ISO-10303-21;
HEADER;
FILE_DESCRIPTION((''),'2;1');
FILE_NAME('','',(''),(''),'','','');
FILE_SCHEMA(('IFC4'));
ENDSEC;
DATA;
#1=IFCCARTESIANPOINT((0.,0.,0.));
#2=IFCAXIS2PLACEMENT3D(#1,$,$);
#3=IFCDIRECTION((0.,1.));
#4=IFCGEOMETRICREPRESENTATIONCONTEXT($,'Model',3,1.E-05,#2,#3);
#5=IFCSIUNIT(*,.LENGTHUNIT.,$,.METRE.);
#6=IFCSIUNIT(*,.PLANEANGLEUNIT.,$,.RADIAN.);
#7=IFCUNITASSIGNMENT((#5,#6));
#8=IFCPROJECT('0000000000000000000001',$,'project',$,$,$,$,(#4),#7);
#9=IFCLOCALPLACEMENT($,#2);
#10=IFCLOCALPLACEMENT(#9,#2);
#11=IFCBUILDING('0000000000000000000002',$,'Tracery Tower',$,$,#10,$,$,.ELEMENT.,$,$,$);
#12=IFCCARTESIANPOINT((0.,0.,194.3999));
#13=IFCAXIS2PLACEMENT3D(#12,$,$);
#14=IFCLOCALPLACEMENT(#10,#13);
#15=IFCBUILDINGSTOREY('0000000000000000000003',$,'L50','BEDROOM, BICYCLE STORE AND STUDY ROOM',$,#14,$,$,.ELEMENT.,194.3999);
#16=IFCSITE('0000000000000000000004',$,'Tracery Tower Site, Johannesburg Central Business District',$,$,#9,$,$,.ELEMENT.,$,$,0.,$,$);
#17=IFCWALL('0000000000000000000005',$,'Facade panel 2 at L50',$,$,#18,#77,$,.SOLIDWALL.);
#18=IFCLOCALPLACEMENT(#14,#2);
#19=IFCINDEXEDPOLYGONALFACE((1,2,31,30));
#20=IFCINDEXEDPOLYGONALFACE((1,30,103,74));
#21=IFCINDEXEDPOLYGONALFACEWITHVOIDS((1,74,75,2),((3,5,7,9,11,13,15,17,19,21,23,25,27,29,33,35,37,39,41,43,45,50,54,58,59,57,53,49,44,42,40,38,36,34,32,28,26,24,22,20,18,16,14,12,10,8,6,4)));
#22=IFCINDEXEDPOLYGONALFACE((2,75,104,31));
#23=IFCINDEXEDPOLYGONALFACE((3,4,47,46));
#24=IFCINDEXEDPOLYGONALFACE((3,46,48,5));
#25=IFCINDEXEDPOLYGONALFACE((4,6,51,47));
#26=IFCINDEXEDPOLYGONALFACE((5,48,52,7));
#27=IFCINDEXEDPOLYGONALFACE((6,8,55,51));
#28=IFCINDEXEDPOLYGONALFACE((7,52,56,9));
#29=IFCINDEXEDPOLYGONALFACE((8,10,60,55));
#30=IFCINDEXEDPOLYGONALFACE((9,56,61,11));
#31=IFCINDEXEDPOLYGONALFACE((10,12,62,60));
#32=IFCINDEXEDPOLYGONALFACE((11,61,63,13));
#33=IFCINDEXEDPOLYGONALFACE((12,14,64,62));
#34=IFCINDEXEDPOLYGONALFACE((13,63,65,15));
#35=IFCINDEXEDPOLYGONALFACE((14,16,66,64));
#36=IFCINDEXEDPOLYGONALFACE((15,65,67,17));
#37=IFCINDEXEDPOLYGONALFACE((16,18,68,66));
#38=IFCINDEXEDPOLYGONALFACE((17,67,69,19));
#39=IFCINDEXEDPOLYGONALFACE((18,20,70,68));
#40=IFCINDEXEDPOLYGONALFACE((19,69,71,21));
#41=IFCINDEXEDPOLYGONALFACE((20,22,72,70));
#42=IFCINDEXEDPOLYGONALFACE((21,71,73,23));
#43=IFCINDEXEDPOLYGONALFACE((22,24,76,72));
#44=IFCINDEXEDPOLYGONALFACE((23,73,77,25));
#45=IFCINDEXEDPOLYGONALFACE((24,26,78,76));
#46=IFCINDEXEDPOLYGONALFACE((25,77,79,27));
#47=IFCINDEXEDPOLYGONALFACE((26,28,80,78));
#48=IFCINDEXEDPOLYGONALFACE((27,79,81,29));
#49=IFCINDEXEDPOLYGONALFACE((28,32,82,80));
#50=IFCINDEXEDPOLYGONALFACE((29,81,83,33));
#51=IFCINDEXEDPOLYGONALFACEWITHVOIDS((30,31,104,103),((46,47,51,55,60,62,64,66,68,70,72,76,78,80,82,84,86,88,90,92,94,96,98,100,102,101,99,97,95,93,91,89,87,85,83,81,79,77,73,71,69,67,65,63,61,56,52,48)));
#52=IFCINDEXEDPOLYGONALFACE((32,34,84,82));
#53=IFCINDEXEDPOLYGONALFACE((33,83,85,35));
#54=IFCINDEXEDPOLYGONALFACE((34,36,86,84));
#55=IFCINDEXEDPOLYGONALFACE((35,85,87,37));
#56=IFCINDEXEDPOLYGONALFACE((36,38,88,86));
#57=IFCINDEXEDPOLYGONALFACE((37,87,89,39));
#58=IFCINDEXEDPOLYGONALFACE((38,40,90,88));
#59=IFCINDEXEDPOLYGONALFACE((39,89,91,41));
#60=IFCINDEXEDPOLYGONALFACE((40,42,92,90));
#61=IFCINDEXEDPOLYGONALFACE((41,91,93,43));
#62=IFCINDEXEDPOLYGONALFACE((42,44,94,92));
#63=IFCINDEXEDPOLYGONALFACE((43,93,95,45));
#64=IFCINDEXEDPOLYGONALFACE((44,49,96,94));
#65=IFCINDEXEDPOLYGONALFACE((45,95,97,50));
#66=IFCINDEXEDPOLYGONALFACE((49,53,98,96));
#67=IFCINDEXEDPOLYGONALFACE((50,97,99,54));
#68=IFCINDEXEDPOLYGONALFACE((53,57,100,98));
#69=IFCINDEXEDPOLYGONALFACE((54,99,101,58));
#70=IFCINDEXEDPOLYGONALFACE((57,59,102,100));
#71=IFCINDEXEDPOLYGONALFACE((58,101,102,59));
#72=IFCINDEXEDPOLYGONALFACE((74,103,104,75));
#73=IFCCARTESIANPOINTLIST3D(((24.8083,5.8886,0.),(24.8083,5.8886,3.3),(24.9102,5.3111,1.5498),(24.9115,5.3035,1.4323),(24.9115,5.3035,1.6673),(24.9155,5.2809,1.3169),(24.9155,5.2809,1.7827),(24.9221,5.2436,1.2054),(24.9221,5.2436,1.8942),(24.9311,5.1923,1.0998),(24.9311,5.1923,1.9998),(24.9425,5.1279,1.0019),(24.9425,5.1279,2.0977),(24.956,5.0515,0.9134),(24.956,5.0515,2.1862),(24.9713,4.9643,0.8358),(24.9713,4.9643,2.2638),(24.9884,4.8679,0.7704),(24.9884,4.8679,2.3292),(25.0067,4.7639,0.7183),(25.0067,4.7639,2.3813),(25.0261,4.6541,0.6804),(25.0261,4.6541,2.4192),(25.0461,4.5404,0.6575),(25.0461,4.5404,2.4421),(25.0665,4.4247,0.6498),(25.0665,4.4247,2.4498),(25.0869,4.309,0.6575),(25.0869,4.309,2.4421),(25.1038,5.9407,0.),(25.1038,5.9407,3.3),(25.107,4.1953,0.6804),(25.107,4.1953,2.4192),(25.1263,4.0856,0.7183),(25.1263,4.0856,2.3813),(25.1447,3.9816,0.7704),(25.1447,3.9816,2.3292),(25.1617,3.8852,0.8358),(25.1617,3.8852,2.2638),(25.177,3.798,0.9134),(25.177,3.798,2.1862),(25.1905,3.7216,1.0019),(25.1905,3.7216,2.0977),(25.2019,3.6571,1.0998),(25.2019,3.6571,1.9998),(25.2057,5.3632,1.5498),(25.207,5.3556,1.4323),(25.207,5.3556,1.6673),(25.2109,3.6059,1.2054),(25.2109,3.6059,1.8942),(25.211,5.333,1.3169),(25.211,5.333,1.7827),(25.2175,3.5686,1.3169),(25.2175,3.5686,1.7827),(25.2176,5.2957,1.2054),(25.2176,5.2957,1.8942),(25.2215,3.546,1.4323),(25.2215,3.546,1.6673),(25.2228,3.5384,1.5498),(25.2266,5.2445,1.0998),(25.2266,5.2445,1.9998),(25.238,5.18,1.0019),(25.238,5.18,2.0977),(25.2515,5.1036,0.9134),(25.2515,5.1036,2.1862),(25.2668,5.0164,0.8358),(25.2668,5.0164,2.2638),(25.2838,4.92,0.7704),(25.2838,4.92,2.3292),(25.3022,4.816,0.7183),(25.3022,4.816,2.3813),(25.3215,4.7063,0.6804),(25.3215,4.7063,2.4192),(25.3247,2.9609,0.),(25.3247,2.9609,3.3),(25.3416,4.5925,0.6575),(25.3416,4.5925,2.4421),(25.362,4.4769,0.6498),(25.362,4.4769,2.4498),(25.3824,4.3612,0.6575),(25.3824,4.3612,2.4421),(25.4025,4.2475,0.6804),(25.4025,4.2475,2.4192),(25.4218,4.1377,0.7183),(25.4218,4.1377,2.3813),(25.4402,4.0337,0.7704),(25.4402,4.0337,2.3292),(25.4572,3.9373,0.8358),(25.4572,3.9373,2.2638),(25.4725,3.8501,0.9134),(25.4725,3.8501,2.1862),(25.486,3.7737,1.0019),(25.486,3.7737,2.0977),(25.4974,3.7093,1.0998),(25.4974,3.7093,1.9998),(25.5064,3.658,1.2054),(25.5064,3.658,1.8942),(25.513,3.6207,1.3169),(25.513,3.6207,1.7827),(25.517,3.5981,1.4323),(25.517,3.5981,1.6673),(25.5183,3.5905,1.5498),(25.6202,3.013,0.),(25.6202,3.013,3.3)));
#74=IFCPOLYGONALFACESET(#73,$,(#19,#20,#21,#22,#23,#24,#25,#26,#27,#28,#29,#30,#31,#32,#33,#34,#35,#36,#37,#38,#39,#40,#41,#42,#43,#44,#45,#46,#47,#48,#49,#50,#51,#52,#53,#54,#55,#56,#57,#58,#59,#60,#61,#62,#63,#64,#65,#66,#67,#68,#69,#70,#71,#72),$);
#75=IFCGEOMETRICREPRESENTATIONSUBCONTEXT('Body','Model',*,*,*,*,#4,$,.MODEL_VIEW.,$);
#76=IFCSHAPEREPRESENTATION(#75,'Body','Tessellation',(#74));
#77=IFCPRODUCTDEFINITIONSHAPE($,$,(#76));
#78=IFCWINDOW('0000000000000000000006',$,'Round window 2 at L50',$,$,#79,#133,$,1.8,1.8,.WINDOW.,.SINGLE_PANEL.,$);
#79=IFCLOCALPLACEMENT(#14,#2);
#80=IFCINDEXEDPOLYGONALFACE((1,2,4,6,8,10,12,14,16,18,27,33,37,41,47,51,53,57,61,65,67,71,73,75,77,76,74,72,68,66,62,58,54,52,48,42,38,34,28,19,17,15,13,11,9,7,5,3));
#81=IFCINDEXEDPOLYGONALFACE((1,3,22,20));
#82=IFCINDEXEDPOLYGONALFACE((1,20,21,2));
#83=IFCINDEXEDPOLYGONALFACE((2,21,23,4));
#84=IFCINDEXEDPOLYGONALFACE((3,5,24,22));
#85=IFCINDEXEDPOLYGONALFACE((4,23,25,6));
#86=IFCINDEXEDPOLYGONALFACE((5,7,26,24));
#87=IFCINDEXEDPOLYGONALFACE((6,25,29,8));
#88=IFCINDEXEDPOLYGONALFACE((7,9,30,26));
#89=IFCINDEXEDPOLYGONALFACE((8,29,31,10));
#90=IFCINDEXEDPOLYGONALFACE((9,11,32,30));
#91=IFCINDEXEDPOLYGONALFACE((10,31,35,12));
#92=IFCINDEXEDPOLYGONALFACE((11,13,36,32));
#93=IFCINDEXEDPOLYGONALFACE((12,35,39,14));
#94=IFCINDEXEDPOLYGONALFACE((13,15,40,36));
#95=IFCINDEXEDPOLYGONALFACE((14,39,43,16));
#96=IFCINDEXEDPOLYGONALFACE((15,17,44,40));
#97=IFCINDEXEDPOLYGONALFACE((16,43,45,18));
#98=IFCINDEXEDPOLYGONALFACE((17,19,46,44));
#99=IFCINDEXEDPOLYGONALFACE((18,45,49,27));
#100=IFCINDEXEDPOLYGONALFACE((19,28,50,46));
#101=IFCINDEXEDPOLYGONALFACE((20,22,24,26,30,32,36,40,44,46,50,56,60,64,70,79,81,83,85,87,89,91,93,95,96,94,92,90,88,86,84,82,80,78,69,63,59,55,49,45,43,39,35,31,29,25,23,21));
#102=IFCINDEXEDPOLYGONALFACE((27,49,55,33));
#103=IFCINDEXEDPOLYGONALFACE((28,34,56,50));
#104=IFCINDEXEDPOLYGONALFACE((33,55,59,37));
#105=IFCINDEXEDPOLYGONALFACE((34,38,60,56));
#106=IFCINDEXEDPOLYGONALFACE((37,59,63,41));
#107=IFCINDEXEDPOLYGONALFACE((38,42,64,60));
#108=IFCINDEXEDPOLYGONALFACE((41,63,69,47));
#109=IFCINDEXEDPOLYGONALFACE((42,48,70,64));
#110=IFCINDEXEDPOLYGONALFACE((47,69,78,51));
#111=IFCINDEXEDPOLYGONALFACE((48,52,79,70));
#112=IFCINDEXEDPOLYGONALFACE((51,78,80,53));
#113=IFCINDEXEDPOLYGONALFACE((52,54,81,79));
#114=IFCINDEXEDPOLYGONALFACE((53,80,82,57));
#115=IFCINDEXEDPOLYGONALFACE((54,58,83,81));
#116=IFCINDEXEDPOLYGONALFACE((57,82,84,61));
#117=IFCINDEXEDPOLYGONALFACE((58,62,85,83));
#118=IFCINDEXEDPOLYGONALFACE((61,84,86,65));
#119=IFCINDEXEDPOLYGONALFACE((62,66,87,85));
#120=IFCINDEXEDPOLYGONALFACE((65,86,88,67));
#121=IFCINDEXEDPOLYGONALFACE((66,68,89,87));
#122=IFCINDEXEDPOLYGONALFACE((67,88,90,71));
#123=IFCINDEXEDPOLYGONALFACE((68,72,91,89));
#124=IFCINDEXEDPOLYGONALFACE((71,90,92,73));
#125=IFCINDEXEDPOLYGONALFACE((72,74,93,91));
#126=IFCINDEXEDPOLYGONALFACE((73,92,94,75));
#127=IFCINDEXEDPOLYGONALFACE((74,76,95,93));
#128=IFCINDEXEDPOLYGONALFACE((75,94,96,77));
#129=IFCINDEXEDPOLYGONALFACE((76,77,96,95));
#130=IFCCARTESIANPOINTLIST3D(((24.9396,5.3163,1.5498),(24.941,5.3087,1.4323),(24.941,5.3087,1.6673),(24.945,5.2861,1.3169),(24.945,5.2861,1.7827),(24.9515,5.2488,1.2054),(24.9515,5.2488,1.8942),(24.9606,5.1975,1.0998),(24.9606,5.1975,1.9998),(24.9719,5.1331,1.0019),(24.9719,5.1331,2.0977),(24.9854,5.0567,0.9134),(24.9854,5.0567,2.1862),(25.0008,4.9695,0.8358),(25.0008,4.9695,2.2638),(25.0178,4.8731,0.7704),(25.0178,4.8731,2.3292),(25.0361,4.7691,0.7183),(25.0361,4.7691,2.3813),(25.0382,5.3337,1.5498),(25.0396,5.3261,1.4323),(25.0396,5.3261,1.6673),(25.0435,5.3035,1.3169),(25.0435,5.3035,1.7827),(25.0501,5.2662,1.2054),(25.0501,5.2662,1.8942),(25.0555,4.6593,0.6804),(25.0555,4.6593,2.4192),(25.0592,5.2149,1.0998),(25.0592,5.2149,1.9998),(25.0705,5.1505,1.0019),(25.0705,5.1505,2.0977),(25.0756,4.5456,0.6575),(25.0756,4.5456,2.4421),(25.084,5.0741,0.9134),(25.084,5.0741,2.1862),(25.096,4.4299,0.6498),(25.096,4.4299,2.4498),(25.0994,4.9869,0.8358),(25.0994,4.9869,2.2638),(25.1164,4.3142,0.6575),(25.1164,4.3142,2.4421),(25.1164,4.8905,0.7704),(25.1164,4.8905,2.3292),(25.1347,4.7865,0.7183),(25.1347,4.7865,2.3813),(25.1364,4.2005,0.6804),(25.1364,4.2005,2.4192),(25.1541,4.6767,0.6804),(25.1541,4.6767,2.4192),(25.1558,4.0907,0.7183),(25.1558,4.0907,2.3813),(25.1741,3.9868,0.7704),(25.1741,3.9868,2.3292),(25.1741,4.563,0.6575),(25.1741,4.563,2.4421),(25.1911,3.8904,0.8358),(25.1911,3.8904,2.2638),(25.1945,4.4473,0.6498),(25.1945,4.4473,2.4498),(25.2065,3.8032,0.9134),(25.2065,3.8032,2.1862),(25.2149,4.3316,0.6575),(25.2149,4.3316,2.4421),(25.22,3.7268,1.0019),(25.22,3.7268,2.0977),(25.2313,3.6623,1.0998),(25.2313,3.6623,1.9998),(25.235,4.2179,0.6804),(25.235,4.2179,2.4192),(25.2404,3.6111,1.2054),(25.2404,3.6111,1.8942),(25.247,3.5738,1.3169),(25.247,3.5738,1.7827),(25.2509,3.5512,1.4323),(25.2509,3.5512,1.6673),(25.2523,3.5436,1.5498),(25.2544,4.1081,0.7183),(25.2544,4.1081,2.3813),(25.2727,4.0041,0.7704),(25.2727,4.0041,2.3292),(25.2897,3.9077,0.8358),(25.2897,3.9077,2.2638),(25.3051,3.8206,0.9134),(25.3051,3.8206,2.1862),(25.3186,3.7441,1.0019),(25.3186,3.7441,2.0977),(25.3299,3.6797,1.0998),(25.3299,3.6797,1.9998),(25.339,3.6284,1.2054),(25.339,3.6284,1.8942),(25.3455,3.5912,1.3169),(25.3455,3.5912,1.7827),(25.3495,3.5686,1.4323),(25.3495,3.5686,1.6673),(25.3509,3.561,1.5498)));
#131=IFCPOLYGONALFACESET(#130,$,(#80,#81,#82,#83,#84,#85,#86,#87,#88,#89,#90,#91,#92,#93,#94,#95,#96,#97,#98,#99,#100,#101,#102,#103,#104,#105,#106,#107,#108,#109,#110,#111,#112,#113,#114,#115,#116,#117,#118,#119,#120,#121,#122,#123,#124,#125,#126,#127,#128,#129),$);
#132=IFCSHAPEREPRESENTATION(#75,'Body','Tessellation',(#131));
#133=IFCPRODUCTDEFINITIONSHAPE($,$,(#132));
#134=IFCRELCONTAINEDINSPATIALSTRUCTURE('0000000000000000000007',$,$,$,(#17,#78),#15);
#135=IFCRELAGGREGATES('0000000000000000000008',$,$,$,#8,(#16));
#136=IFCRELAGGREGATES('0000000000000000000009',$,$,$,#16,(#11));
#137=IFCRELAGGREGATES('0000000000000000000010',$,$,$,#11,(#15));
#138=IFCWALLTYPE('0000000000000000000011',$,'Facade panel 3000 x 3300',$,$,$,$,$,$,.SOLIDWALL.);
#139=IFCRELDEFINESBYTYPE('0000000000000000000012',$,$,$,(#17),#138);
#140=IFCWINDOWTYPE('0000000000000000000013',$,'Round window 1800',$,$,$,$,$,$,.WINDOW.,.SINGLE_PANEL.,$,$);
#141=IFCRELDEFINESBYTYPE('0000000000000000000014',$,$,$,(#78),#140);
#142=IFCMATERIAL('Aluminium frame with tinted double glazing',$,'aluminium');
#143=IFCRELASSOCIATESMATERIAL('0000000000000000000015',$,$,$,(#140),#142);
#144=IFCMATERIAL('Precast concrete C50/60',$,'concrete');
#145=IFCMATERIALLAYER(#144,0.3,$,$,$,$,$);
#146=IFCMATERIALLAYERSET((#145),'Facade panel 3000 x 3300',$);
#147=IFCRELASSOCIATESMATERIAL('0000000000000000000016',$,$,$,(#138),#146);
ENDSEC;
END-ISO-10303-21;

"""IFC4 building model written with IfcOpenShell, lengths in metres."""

from ifc_helpers import new_model, si_unit, direction, frame, frame_2d, origin, origin_2d, place, context, subcontext, project, spatial, rectangle, circle, extrude, material, layer, layer_set, type_object, element, fill, save


model = new_model("IFC4")

# Units and contexts
model_context = context("Model", 3, precision=1e-05, world=origin(), true_north=direction((0.0, 1.0)))
body_context = subcontext(model_context, "Body", "Model", "MODEL_VIEW")
ifc_project = project(units=[si_unit("LENGTHUNIT", "METRE"), si_unit("PLANEANGLEUNIT", "RADIAN")], contexts=[model_context])

# Site, building, storey
site_placement = place(None, origin())
site = spatial("IfcSite", under=ifc_project, at=site_placement, Name="Tracery Tower Site, Johannesburg Central Business District", CompositionType="ELEMENT", RefElevation=0.0)
building_placement = place(site_placement, origin())
building = spatial("IfcBuilding", under=site, at=building_placement, Name="Tracery Tower", CompositionType="ELEMENT")
storey_placement = place(building_placement, frame((0.0, 0.0, 194.3999)))
storey = spatial("IfcBuildingStorey", under=building, at=storey_placement, Name="L50", Description="BEDROOM, BICYCLE STORE AND STUDY ROOM", CompositionType="ELEMENT", Elevation=194.3999)

# Wall, opening, window
ifc_material_1 = material(Name="Aluminium frame with tinted double glazing", Category="aluminium")
window_type = type_object("IfcWindowType", Name="Round window 1800", PartitioningType="SINGLE_PANEL", PredefinedType="WINDOW", material=ifc_material_1)
ifc_material_2 = material(Name="Precast concrete C50/60", Category="concrete")
ifc_layer_1 = layer(ifc_material_2, 0.3)
ifc_layer_set_1 = layer_set([ifc_layer_1], Name="Facade panel 3000 x 3300")
wall_type_1 = type_object("IfcWallType", Name="Facade panel 3000 x 3300", PredefinedType="SOLIDWALL", material=ifc_layer_set_1)
wall_1_placement = place(storey_placement, frame((25.4724, 2.9871, 0.0), z_axis=(0.0, 0.0, 1.0), x_axis=(-0.173687, 0.984801, 0.0)))
wall_1 = element("IfcWall", 1, at=wall_1_placement, inside=storey, type_object=wall_type_1, Name="Facade panel 2 at L50", PredefinedType="SOLIDWALL", context=body_context, shape_type="SweptSolid", body=[
    extrude(rectangle(XDim=2.9729, YDim=0.3, at=frame_2d((1.4863, 0.0))), origin(), (0.0, 0.0, 1.0), 3.3),
])
opening_1_placement = place(wall_1_placement, frame((1.4863, 0.0, 1.5498)))
opening_1 = element("IfcOpeningElement", 2, at=opening_1_placement, cuts=wall_1, PredefinedType="OPENING", context=body_context, shape_type="SweptSolid", body=[
    extrude(circle(Radius=0.9, at=origin_2d()), frame((0.0, 0.1599, 0.0), z_axis=(0.0, -1.0, 0.0), x_axis=(1.0, 0.0, 0.0)), (0.0, 0.0, 1.0), 0.3201),
])
window_1_placement = place(opening_1_placement, origin())
window_1 = element("IfcWindow", 3, at=window_1_placement, inside=storey, type_object=window_type, Name="Round window 2 at L50", OverallHeight=1.8, OverallWidth=1.8, PartitioningType="SINGLE_PANEL", PredefinedType="WINDOW", context=body_context, shape_type="SweptSolid", body=[
    extrude(circle(Radius=0.9, at=origin_2d()), frame((0.0, 0.1201, 0.0), z_axis=(0.0, -1.0, 0.0), x_axis=(1.0, 0.0, 0.0)), (0.0, 0.0, 1.0), 0.1001),
])
fill(opening_1, window_1)

save(model, "model.ifc")
